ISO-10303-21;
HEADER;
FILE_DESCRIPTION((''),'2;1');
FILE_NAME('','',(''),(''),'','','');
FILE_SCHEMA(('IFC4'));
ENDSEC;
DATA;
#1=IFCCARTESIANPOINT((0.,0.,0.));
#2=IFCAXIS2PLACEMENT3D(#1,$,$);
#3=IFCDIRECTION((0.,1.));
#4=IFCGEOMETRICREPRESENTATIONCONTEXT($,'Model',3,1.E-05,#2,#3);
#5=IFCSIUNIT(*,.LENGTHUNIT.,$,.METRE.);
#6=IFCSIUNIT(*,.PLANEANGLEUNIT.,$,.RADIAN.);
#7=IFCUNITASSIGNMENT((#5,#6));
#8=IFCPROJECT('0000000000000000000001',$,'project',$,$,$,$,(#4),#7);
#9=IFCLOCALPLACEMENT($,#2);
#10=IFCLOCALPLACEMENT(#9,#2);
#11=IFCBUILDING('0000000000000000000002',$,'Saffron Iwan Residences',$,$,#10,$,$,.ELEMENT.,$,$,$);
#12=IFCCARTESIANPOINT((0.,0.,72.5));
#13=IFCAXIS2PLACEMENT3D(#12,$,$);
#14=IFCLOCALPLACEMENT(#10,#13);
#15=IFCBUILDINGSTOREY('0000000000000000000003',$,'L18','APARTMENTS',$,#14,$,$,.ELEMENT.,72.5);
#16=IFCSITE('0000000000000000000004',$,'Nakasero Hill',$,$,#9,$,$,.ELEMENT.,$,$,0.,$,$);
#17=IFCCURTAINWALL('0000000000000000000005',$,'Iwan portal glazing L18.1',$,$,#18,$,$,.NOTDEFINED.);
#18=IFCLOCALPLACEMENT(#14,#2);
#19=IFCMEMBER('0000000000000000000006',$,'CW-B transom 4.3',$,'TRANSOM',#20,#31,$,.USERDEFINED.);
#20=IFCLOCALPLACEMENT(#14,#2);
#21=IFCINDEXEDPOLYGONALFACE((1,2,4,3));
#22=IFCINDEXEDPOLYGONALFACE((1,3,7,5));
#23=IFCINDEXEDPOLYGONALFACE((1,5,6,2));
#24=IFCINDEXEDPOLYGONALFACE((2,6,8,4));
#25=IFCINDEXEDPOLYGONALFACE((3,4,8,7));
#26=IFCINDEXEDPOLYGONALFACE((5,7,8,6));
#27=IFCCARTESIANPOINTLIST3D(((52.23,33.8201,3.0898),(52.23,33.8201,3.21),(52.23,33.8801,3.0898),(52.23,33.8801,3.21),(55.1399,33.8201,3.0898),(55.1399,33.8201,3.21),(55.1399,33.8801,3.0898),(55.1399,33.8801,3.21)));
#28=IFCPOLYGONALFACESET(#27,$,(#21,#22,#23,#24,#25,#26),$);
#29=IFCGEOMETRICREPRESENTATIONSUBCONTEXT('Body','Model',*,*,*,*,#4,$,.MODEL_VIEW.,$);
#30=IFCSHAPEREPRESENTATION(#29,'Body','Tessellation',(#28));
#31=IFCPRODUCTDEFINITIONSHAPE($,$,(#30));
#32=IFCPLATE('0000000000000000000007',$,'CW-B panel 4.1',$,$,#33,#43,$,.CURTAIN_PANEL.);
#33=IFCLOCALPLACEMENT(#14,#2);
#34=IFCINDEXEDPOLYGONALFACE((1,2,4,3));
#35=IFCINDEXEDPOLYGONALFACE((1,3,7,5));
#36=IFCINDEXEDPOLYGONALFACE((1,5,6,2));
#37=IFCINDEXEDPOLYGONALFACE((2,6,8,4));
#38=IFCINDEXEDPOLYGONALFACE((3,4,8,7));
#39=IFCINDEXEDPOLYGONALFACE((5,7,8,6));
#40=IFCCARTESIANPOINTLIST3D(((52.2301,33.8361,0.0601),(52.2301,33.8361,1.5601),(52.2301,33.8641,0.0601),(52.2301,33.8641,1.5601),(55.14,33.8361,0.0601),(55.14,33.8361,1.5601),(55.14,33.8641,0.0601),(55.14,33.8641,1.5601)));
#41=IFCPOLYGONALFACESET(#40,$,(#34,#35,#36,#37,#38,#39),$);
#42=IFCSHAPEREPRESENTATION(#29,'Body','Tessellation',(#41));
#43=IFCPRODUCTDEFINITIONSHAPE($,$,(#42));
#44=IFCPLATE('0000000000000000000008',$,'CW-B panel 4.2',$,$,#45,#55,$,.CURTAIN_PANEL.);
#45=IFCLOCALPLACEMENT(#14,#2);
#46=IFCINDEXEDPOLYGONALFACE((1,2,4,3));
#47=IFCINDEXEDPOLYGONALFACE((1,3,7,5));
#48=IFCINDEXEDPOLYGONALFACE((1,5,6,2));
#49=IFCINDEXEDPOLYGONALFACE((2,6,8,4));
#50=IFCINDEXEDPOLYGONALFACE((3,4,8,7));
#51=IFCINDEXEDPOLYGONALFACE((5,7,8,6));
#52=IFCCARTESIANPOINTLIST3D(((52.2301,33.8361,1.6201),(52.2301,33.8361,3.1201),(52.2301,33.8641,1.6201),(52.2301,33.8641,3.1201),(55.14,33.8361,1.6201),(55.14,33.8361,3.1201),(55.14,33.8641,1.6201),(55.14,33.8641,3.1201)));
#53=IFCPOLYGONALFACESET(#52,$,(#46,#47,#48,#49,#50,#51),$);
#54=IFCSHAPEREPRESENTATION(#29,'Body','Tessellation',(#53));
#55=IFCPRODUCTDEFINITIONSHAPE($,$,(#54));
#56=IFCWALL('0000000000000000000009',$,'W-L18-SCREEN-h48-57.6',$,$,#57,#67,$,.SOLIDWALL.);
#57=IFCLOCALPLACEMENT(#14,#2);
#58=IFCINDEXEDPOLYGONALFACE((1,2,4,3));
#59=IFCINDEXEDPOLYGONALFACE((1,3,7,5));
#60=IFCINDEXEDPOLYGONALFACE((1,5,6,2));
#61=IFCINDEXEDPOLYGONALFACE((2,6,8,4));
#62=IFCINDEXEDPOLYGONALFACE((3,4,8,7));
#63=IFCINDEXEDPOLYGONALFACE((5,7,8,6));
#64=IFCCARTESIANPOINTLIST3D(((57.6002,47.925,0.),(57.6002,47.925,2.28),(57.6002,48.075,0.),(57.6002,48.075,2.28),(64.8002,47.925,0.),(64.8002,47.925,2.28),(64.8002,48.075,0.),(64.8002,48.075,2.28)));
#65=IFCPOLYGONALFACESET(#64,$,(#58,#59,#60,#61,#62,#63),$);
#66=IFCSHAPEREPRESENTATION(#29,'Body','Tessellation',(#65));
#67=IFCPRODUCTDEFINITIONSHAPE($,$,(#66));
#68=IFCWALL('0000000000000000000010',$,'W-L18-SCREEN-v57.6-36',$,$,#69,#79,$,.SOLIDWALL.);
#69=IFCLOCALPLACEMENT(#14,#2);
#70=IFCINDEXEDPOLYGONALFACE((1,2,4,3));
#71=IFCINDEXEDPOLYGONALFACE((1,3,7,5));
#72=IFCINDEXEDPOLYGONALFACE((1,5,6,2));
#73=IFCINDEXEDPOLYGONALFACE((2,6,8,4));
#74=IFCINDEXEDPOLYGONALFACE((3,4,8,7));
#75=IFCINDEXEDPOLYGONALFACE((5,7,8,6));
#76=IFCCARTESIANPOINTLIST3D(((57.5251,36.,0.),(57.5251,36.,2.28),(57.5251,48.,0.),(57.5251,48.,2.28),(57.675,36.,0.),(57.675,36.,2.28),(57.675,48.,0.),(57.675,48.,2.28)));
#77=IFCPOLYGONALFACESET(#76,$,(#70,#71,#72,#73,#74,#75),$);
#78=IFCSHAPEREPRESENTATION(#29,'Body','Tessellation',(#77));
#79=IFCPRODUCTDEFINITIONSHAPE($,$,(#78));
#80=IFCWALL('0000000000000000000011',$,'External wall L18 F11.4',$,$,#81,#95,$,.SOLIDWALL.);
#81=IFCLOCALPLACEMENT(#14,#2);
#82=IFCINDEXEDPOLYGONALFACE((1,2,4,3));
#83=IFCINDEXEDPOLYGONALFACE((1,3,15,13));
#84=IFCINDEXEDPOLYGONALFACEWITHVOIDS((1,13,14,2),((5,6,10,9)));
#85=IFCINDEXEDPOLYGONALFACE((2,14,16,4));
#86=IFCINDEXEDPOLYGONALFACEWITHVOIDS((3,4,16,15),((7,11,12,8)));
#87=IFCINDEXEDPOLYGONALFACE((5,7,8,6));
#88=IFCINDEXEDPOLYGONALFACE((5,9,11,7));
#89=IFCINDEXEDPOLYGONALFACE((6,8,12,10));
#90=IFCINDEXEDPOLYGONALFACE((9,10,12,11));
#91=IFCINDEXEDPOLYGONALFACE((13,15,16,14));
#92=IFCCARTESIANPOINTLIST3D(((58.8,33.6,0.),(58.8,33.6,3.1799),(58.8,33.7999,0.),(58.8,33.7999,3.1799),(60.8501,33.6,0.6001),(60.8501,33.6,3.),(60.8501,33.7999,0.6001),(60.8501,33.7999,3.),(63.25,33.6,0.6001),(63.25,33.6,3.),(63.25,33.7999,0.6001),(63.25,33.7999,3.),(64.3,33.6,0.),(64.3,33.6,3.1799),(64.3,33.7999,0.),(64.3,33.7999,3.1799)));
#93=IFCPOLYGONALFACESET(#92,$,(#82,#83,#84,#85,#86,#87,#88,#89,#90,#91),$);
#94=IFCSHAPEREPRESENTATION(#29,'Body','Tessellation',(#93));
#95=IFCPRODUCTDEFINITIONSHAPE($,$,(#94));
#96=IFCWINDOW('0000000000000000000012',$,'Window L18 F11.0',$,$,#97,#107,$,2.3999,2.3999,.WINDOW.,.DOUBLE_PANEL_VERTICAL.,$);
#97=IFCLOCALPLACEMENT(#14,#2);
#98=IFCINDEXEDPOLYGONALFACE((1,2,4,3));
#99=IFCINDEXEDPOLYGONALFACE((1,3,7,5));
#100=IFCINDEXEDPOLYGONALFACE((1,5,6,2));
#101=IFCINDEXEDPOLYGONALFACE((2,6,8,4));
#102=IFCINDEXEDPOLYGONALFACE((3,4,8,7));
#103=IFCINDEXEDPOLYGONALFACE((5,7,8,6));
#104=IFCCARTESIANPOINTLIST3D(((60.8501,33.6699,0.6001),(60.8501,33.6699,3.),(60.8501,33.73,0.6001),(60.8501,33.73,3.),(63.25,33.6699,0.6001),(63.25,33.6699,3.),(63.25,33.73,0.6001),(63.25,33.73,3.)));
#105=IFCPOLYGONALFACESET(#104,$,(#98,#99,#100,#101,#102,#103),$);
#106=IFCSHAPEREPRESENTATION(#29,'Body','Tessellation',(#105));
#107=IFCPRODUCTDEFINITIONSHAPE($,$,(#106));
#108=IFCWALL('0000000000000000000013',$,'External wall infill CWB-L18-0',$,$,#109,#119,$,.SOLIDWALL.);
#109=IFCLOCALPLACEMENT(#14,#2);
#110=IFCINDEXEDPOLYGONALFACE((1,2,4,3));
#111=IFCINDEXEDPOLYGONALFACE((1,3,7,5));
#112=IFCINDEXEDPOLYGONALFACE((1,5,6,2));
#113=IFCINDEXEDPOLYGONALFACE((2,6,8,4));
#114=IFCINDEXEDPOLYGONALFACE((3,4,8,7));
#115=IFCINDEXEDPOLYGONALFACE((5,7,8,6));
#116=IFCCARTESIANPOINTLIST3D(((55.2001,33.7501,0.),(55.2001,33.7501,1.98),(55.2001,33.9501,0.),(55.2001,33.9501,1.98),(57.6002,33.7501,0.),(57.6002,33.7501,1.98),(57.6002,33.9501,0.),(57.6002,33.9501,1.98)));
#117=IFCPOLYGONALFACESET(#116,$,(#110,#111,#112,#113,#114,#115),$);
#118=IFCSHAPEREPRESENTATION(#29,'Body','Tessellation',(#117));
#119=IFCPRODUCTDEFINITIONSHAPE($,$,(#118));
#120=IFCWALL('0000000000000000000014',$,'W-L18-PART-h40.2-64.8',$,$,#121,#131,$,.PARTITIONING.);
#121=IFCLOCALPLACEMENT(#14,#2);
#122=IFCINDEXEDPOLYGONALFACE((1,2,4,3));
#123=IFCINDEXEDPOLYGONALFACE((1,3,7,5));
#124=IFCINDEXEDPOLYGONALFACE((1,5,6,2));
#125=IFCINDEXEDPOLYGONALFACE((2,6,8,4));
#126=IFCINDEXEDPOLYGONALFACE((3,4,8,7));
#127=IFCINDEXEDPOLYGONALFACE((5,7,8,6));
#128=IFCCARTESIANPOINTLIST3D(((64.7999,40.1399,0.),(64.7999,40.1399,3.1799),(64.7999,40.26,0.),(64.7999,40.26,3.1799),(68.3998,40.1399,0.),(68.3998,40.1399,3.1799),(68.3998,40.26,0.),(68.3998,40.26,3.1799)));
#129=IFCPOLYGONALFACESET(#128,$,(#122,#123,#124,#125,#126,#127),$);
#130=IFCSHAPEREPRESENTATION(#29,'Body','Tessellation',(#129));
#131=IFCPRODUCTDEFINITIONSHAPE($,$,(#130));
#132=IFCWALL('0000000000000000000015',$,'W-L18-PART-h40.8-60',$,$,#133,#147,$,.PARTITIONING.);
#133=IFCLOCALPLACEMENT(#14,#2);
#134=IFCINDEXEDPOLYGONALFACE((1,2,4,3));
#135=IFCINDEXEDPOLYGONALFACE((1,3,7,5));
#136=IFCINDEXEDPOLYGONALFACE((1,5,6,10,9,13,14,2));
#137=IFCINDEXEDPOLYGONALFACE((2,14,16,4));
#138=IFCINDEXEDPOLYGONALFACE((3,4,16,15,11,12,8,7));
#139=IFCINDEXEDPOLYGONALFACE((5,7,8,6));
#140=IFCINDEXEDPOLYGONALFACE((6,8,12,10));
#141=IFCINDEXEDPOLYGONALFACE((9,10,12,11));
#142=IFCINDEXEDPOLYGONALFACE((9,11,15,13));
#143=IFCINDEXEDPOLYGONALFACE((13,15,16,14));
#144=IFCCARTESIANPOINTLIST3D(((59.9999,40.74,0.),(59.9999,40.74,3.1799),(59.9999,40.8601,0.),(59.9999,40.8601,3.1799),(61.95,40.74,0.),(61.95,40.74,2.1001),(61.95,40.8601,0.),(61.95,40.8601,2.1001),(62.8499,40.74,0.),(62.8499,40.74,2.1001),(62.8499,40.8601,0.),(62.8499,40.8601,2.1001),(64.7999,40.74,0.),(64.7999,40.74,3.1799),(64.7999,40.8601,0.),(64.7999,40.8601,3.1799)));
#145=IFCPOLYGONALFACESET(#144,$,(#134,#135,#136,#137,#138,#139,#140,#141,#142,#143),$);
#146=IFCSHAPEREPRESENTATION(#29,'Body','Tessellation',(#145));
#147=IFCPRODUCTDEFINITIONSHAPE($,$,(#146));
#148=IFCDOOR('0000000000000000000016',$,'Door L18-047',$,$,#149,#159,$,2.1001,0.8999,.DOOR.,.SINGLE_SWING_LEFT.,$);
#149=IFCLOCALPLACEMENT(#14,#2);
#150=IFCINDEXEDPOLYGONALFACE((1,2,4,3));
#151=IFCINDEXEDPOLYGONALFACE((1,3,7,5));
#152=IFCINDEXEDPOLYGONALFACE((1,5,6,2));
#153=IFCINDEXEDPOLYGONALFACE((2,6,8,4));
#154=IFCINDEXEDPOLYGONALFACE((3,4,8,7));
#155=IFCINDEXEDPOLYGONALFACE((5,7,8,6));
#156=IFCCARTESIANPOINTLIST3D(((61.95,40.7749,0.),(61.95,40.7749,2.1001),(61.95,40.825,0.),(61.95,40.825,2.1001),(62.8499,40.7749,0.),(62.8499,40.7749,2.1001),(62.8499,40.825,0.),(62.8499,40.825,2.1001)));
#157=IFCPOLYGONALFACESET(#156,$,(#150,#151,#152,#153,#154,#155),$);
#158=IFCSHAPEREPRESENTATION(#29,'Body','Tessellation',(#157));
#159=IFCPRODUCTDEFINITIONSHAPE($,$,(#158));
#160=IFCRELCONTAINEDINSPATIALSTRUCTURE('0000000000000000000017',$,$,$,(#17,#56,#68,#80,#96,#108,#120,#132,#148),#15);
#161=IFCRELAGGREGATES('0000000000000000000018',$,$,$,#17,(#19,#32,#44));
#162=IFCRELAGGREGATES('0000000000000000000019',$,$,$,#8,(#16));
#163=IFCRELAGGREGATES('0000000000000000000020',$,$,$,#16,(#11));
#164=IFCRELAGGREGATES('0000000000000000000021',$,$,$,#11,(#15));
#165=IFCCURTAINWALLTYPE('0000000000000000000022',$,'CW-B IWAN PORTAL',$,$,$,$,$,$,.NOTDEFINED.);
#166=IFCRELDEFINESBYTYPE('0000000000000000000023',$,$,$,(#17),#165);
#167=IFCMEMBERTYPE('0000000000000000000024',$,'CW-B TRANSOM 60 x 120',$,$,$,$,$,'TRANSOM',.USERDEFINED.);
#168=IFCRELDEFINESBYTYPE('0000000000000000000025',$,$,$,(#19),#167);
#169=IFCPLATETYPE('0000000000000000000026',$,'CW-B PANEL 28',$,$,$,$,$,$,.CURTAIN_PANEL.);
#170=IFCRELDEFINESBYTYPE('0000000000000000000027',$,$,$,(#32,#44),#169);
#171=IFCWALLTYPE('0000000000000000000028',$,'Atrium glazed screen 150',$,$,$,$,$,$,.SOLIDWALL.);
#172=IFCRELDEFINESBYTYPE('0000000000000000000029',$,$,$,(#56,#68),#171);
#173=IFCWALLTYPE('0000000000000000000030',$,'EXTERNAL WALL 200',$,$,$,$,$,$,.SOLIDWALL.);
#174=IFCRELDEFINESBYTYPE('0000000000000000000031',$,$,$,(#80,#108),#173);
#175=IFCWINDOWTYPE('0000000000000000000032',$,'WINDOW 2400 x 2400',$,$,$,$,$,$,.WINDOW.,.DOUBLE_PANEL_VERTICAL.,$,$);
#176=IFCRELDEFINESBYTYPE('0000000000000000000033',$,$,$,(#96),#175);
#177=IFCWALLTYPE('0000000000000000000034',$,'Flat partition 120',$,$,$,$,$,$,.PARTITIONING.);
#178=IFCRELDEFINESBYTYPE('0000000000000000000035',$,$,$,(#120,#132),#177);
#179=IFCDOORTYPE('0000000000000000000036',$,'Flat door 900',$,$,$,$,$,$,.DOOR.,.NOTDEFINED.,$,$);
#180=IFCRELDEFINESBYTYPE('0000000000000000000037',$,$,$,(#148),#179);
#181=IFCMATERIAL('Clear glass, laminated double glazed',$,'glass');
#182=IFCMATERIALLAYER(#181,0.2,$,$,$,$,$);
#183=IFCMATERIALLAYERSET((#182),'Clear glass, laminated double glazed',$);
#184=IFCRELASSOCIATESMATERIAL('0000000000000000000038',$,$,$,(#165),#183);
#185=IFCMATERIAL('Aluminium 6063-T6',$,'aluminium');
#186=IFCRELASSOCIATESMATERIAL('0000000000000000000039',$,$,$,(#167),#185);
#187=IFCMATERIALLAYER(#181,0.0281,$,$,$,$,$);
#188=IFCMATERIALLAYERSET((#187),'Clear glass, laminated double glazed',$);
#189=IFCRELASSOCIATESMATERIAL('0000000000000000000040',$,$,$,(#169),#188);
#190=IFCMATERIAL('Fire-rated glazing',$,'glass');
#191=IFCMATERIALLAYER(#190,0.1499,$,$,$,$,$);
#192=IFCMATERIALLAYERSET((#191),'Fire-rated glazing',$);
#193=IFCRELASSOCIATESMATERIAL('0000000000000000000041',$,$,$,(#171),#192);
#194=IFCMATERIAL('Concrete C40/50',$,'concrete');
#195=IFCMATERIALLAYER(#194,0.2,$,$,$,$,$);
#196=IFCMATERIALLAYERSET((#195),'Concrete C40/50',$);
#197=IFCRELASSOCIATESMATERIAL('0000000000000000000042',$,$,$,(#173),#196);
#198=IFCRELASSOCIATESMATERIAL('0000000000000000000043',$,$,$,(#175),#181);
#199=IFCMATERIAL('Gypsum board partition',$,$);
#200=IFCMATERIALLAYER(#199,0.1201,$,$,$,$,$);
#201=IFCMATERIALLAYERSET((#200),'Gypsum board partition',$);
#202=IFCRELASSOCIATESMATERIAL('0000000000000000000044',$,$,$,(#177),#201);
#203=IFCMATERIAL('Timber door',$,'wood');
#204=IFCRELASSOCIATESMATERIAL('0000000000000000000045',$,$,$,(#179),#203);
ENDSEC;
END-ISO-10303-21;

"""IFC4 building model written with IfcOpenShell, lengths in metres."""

from ifc_helpers import new_model, si_unit, direction, frame, frame_2d, origin, origin_2d, place, context, subcontext, project, spatial, rectangle, extrude, source, transform, mapped, material, layer, layer_set, material_profile, profile_set, type_object, element, fill, aggregate, save


model = new_model("IFC4")

# Units and contexts
model_context = context("Model", 3, precision=1e-05, world=origin(), true_north=direction((0.0, 1.0)))
body_context = subcontext(model_context, "Body", "Model", "MODEL_VIEW")
ifc_project = project(units=[si_unit("LENGTHUNIT", "METRE"), si_unit("PLANEANGLEUNIT", "RADIAN")], contexts=[model_context])

# Site, building, storey
site_placement = place(None, origin())
site = spatial("IfcSite", under=ifc_project, at=site_placement, Name="Nakasero Hill", CompositionType="ELEMENT", RefElevation=0.0)
building_placement = place(site_placement, origin())
building = spatial("IfcBuilding", under=site, at=building_placement, Name="Saffron Iwan Residences", CompositionType="ELEMENT")
storey_placement = place(building_placement, frame((0.0, 0.0, 72.5)))
storey = spatial("IfcBuildingStorey", under=building, at=storey_placement, Name="L18", Description="APARTMENTS", CompositionType="ELEMENT", Elevation=72.5)

# Curtain wall, member, plates
ifc_material_1 = material(Name="Clear glass, laminated double glazed", Category="glass")
ifc_layer_1 = layer(ifc_material_1, 0.2)
ifc_layer_set_1 = layer_set([ifc_layer_1], Name="Clear glass, laminated double glazed")
curtain_wall_type = type_object("IfcCurtainWallType", Name="CW-B IWAN PORTAL", PredefinedType="NOTDEFINED", material=ifc_layer_set_1)
curtain_wall_placement = place(storey_placement, origin())
curtain_wall = element("IfcCurtainWall", 1, at=curtain_wall_placement, inside=storey, type_object=curtain_wall_type, Name="Iwan portal glazing L18.1", PredefinedType="NOTDEFINED")
ifc_material_2 = material(Name="Aluminium 6063-T6", Category="aluminium")
ifc_material_profile_1 = material_profile(ifc_material_2, rectangle(XDim=0.0601, YDim=0.1201, at=origin_2d()), Name="CW-B TRANSOM 60 x 120")
ifc_profile_set_1 = profile_set([ifc_material_profile_1], Name="Aluminium 6063-T6")
member_type_1 = type_object("IfcMemberType", Name="CW-B TRANSOM 60 x 120", ElementType="TRANSOM", PredefinedType="USERDEFINED", material=ifc_profile_set_1)
shared_shape_1 = source(origin(), body_context, "Body", "SweptSolid", [
    extrude(rectangle(XDim=0.0601, YDim=0.1201, at=origin_2d()), origin(), (0.0, 0.0, 1.0), 2.9099),
])
member_1_placement = place(storey_placement, frame((52.23, 33.8501, 3.1499), z_axis=(1.0, 0.0, 0.0), x_axis=(0.0, 1.0, 0.0)))
member_1 = element("IfcMember", 2, at=member_1_placement, type_object=member_type_1, Name="CW-B transom 4.3", ObjectType="TRANSOM", PredefinedType="USERDEFINED", context=body_context, shape_type="MappedRepresentation", body=[
    mapped(shared_shape_1, transform((0.0, 0.0, 0.0))),
])
ifc_layer_2 = layer(ifc_material_1, 0.0281)
ifc_layer_set_2 = layer_set([ifc_layer_2], Name="Clear glass, laminated double glazed")
plate_type = type_object("IfcPlateType", Name="CW-B PANEL 28", PredefinedType="CURTAIN_PANEL", material=ifc_layer_set_2)
shared_shape_2 = source(origin(), body_context, "Body", "SweptSolid", [
    extrude(rectangle(XDim=2.9099, YDim=0.0281, at=origin_2d()), origin(), (0.0, 0.0, 1.0), 1.5),
])
plate_1_placement = place(storey_placement, frame((53.6851, 33.8501, 0.0601), z_axis=(0.0, 0.0, 1.0), x_axis=(1.0, 0.0, 0.0)))
plate_1 = element("IfcPlate", 3, at=plate_1_placement, type_object=plate_type, Name="CW-B panel 4.1", PredefinedType="CURTAIN_PANEL", context=body_context, shape_type="MappedRepresentation", body=[
    mapped(shared_shape_2, transform((0.0, 0.0, 0.0))),
])
plate_2_placement = place(storey_placement, frame((53.6851, 33.8501, 1.6201), z_axis=(0.0, 0.0, 1.0), x_axis=(1.0, 0.0, 0.0)))
plate_2 = element("IfcPlate", 4, at=plate_2_placement, type_object=plate_type, Name="CW-B panel 4.2", PredefinedType="CURTAIN_PANEL", context=body_context, shape_type="MappedRepresentation", body=[
    mapped(shared_shape_2, transform((0.0, 0.0, 0.0))),
])
aggregate(curtain_wall, [member_1, plate_1, plate_2])

# Walls
ifc_material_3 = material(Name="Fire-rated glazing", Category="glass")
ifc_layer_3 = layer(ifc_material_3, 0.1499)
ifc_layer_set_3 = layer_set([ifc_layer_3], Name="Fire-rated glazing")
wall_type_1 = type_object("IfcWallType", Name="Atrium glazed screen 150", PredefinedType="SOLIDWALL", material=ifc_layer_set_3)
wall_1_placement = place(storey_placement, frame((57.6001, 48.0, 0.0), z_axis=(0.0, 0.0, 1.0), x_axis=(1.0, 0.0, 0.0)))
element("IfcWall", 5, at=wall_1_placement, inside=storey, type_object=wall_type_1, Name="W-L18-SCREEN-h48-57.6", PredefinedType="SOLIDWALL", context=body_context, shape_type="SweptSolid", body=[
    extrude(rectangle(XDim=7.2, YDim=0.1499, at=frame_2d((3.6001, 0.0))), origin(), (0.0, 0.0, 1.0), 2.28),
])
wall_2_placement = place(storey_placement, frame((57.6001, 36.0, 0.0), z_axis=(0.0, 0.0, 1.0), x_axis=(0.0, 1.0, 0.0)))
element("IfcWall", 6, at=wall_2_placement, inside=storey, type_object=wall_type_1, Name="W-L18-SCREEN-v57.6-36", PredefinedType="SOLIDWALL", context=body_context, shape_type="SweptSolid", body=[
    extrude(rectangle(XDim=12.0, YDim=0.1499, at=frame_2d((6.0, 0.0))), origin(), (0.0, 0.0, 1.0), 2.28),
])

# Wall, opening, window
ifc_material_4 = material(Name="Concrete C40/50", Category="concrete")
ifc_layer_4 = layer(ifc_material_4, 0.2)
ifc_layer_set_4 = layer_set([ifc_layer_4], Name="Concrete C40/50")
wall_type_2 = type_object("IfcWallType", Name="EXTERNAL WALL 200", PredefinedType="SOLIDWALL", material=ifc_layer_set_4)
wall_3_placement = place(storey_placement, frame((58.8, 33.7, 0.0), z_axis=(0.0, 0.0, 1.0), x_axis=(1.0, 0.0, 0.0)))
wall_3 = element("IfcWall", 7, at=wall_3_placement, inside=storey, type_object=wall_type_2, Name="External wall L18 F11.4", PredefinedType="SOLIDWALL", context=body_context, shape_type="SweptSolid", body=[
    extrude(rectangle(XDim=5.5, YDim=0.2, at=frame_2d((2.75, 0.0))), origin(), (0.0, 0.0, 1.0), 3.1799),
])
opening_1_placement = place(wall_3_placement, frame((2.05, 0.0, 0.6001)))
opening_1 = element("IfcOpeningElement", 8, at=opening_1_placement, cuts=wall_3, PredefinedType="OPENING", context=body_context, shape_type="SweptSolid", body=[
    extrude(rectangle(XDim=2.3999, YDim=2.3999, at=frame_2d((1.2, 1.2))), frame((0.0, 0.1099, 0.0), z_axis=(0.0, -1.0, 0.0), x_axis=(1.0, 0.0, 0.0)), (0.0, 0.0, 1.0), 0.22),
])
window_type = type_object("IfcWindowType", Name="WINDOW 2400 x 2400", PartitioningType="DOUBLE_PANEL_VERTICAL", PredefinedType="WINDOW", material=ifc_material_1)
window_placement = place(opening_1_placement, origin())
window = element("IfcWindow", 9, at=window_placement, inside=storey, type_object=window_type, Name="Window L18 F11.0", OverallHeight=2.3999, OverallWidth=2.3999, PartitioningType="DOUBLE_PANEL_VERTICAL", PredefinedType="WINDOW", context=body_context, shape_type="SweptSolid", body=[
    extrude(rectangle(XDim=2.3999, YDim=2.3999, at=frame_2d((1.2, 1.2))), frame((0.0, 0.03, 0.0), z_axis=(0.0, -1.0, 0.0), x_axis=(1.0, 0.0, 0.0)), (0.0, 0.0, 1.0), 0.0601),
])
fill(opening_1, window)

# Walls
wall_4_placement = place(storey_placement, frame((55.2, 33.8501, 0.0), z_axis=(0.0, 0.0, 1.0), x_axis=(1.0, 0.0, 0.0)))
element("IfcWall", 10, at=wall_4_placement, inside=storey, type_object=wall_type_2, Name="External wall infill CWB-L18-0", PredefinedType="SOLIDWALL", context=body_context, shape_type="SweptSolid", body=[
    extrude(rectangle(XDim=2.4001, YDim=0.2, at=frame_2d((1.2002, 0.0))), origin(), (0.0, 0.0, 1.0), 1.98),
])
ifc_material_5 = material(Name="Gypsum board partition")
ifc_layer_5 = layer(ifc_material_5, 0.1201)
ifc_layer_set_5 = layer_set([ifc_layer_5], Name="Gypsum board partition")
wall_type_3 = type_object("IfcWallType", Name="Flat partition 120", PredefinedType="PARTITIONING", material=ifc_layer_set_5)
wall_5_placement = place(storey_placement, frame((64.8, 40.2, 0.0), z_axis=(0.0, 0.0, 1.0), x_axis=(1.0, 0.0, 0.0)))
element("IfcWall", 11, at=wall_5_placement, inside=storey, type_object=wall_type_3, Name="W-L18-PART-h40.2-64.8", PredefinedType="PARTITIONING", context=body_context, shape_type="SweptSolid", body=[
    extrude(rectangle(XDim=3.5999, YDim=0.1201, at=frame_2d((1.7998, 0.0))), origin(), (0.0, 0.0, 1.0), 3.1799),
])

# Wall, opening, door
wall_6_placement = place(storey_placement, frame((60.0, 40.8, 0.0), z_axis=(0.0, 0.0, 1.0), x_axis=(1.0, 0.0, 0.0)))
wall_6 = element("IfcWall", 12, at=wall_6_placement, inside=storey, type_object=wall_type_3, Name="W-L18-PART-h40.8-60", PredefinedType="PARTITIONING", context=body_context, shape_type="SweptSolid", body=[
    extrude(rectangle(XDim=4.8, YDim=0.1201, at=frame_2d((2.3999, 0.0))), origin(), (0.0, 0.0, 1.0), 3.1799),
])
opening_2_placement = place(wall_6_placement, frame((1.95, 0.0, 0.0)))
opening_2 = element("IfcOpeningElement", 13, at=opening_2_placement, cuts=wall_6, PredefinedType="OPENING", context=body_context, shape_type="SweptSolid", body=[
    extrude(rectangle(XDim=0.8999, YDim=2.1001, at=frame_2d((0.45, 1.05))), frame((0.0, 0.0701, 0.0), z_axis=(0.0, -1.0, 0.0), x_axis=(1.0, 0.0, 0.0)), (0.0, 0.0, 1.0), 0.1401),
])
ifc_material_6 = material(Name="Timber door", Category="wood")
door_type = type_object("IfcDoorType", Name="Flat door 900", OperationType="NOTDEFINED", PredefinedType="DOOR", material=ifc_material_6)
door_1_placement = place(opening_2_placement, origin())
door_1 = element("IfcDoor", 14, at=door_1_placement, inside=storey, type_object=door_type, Name="Door L18-047", OperationType="SINGLE_SWING_LEFT", OverallHeight=2.1001, OverallWidth=0.8999, PredefinedType="DOOR", context=body_context, shape_type="SweptSolid", body=[
    extrude(rectangle(XDim=0.8999, YDim=2.1001, at=frame_2d((0.45, 1.05))), frame((0.0, 0.0249, 0.0), z_axis=(0.0, -1.0, 0.0), x_axis=(1.0, 0.0, 0.0)), (0.0, 0.0, 1.0), 0.05),
])
fill(opening_2, door_1)

save(model, "model.ifc")
